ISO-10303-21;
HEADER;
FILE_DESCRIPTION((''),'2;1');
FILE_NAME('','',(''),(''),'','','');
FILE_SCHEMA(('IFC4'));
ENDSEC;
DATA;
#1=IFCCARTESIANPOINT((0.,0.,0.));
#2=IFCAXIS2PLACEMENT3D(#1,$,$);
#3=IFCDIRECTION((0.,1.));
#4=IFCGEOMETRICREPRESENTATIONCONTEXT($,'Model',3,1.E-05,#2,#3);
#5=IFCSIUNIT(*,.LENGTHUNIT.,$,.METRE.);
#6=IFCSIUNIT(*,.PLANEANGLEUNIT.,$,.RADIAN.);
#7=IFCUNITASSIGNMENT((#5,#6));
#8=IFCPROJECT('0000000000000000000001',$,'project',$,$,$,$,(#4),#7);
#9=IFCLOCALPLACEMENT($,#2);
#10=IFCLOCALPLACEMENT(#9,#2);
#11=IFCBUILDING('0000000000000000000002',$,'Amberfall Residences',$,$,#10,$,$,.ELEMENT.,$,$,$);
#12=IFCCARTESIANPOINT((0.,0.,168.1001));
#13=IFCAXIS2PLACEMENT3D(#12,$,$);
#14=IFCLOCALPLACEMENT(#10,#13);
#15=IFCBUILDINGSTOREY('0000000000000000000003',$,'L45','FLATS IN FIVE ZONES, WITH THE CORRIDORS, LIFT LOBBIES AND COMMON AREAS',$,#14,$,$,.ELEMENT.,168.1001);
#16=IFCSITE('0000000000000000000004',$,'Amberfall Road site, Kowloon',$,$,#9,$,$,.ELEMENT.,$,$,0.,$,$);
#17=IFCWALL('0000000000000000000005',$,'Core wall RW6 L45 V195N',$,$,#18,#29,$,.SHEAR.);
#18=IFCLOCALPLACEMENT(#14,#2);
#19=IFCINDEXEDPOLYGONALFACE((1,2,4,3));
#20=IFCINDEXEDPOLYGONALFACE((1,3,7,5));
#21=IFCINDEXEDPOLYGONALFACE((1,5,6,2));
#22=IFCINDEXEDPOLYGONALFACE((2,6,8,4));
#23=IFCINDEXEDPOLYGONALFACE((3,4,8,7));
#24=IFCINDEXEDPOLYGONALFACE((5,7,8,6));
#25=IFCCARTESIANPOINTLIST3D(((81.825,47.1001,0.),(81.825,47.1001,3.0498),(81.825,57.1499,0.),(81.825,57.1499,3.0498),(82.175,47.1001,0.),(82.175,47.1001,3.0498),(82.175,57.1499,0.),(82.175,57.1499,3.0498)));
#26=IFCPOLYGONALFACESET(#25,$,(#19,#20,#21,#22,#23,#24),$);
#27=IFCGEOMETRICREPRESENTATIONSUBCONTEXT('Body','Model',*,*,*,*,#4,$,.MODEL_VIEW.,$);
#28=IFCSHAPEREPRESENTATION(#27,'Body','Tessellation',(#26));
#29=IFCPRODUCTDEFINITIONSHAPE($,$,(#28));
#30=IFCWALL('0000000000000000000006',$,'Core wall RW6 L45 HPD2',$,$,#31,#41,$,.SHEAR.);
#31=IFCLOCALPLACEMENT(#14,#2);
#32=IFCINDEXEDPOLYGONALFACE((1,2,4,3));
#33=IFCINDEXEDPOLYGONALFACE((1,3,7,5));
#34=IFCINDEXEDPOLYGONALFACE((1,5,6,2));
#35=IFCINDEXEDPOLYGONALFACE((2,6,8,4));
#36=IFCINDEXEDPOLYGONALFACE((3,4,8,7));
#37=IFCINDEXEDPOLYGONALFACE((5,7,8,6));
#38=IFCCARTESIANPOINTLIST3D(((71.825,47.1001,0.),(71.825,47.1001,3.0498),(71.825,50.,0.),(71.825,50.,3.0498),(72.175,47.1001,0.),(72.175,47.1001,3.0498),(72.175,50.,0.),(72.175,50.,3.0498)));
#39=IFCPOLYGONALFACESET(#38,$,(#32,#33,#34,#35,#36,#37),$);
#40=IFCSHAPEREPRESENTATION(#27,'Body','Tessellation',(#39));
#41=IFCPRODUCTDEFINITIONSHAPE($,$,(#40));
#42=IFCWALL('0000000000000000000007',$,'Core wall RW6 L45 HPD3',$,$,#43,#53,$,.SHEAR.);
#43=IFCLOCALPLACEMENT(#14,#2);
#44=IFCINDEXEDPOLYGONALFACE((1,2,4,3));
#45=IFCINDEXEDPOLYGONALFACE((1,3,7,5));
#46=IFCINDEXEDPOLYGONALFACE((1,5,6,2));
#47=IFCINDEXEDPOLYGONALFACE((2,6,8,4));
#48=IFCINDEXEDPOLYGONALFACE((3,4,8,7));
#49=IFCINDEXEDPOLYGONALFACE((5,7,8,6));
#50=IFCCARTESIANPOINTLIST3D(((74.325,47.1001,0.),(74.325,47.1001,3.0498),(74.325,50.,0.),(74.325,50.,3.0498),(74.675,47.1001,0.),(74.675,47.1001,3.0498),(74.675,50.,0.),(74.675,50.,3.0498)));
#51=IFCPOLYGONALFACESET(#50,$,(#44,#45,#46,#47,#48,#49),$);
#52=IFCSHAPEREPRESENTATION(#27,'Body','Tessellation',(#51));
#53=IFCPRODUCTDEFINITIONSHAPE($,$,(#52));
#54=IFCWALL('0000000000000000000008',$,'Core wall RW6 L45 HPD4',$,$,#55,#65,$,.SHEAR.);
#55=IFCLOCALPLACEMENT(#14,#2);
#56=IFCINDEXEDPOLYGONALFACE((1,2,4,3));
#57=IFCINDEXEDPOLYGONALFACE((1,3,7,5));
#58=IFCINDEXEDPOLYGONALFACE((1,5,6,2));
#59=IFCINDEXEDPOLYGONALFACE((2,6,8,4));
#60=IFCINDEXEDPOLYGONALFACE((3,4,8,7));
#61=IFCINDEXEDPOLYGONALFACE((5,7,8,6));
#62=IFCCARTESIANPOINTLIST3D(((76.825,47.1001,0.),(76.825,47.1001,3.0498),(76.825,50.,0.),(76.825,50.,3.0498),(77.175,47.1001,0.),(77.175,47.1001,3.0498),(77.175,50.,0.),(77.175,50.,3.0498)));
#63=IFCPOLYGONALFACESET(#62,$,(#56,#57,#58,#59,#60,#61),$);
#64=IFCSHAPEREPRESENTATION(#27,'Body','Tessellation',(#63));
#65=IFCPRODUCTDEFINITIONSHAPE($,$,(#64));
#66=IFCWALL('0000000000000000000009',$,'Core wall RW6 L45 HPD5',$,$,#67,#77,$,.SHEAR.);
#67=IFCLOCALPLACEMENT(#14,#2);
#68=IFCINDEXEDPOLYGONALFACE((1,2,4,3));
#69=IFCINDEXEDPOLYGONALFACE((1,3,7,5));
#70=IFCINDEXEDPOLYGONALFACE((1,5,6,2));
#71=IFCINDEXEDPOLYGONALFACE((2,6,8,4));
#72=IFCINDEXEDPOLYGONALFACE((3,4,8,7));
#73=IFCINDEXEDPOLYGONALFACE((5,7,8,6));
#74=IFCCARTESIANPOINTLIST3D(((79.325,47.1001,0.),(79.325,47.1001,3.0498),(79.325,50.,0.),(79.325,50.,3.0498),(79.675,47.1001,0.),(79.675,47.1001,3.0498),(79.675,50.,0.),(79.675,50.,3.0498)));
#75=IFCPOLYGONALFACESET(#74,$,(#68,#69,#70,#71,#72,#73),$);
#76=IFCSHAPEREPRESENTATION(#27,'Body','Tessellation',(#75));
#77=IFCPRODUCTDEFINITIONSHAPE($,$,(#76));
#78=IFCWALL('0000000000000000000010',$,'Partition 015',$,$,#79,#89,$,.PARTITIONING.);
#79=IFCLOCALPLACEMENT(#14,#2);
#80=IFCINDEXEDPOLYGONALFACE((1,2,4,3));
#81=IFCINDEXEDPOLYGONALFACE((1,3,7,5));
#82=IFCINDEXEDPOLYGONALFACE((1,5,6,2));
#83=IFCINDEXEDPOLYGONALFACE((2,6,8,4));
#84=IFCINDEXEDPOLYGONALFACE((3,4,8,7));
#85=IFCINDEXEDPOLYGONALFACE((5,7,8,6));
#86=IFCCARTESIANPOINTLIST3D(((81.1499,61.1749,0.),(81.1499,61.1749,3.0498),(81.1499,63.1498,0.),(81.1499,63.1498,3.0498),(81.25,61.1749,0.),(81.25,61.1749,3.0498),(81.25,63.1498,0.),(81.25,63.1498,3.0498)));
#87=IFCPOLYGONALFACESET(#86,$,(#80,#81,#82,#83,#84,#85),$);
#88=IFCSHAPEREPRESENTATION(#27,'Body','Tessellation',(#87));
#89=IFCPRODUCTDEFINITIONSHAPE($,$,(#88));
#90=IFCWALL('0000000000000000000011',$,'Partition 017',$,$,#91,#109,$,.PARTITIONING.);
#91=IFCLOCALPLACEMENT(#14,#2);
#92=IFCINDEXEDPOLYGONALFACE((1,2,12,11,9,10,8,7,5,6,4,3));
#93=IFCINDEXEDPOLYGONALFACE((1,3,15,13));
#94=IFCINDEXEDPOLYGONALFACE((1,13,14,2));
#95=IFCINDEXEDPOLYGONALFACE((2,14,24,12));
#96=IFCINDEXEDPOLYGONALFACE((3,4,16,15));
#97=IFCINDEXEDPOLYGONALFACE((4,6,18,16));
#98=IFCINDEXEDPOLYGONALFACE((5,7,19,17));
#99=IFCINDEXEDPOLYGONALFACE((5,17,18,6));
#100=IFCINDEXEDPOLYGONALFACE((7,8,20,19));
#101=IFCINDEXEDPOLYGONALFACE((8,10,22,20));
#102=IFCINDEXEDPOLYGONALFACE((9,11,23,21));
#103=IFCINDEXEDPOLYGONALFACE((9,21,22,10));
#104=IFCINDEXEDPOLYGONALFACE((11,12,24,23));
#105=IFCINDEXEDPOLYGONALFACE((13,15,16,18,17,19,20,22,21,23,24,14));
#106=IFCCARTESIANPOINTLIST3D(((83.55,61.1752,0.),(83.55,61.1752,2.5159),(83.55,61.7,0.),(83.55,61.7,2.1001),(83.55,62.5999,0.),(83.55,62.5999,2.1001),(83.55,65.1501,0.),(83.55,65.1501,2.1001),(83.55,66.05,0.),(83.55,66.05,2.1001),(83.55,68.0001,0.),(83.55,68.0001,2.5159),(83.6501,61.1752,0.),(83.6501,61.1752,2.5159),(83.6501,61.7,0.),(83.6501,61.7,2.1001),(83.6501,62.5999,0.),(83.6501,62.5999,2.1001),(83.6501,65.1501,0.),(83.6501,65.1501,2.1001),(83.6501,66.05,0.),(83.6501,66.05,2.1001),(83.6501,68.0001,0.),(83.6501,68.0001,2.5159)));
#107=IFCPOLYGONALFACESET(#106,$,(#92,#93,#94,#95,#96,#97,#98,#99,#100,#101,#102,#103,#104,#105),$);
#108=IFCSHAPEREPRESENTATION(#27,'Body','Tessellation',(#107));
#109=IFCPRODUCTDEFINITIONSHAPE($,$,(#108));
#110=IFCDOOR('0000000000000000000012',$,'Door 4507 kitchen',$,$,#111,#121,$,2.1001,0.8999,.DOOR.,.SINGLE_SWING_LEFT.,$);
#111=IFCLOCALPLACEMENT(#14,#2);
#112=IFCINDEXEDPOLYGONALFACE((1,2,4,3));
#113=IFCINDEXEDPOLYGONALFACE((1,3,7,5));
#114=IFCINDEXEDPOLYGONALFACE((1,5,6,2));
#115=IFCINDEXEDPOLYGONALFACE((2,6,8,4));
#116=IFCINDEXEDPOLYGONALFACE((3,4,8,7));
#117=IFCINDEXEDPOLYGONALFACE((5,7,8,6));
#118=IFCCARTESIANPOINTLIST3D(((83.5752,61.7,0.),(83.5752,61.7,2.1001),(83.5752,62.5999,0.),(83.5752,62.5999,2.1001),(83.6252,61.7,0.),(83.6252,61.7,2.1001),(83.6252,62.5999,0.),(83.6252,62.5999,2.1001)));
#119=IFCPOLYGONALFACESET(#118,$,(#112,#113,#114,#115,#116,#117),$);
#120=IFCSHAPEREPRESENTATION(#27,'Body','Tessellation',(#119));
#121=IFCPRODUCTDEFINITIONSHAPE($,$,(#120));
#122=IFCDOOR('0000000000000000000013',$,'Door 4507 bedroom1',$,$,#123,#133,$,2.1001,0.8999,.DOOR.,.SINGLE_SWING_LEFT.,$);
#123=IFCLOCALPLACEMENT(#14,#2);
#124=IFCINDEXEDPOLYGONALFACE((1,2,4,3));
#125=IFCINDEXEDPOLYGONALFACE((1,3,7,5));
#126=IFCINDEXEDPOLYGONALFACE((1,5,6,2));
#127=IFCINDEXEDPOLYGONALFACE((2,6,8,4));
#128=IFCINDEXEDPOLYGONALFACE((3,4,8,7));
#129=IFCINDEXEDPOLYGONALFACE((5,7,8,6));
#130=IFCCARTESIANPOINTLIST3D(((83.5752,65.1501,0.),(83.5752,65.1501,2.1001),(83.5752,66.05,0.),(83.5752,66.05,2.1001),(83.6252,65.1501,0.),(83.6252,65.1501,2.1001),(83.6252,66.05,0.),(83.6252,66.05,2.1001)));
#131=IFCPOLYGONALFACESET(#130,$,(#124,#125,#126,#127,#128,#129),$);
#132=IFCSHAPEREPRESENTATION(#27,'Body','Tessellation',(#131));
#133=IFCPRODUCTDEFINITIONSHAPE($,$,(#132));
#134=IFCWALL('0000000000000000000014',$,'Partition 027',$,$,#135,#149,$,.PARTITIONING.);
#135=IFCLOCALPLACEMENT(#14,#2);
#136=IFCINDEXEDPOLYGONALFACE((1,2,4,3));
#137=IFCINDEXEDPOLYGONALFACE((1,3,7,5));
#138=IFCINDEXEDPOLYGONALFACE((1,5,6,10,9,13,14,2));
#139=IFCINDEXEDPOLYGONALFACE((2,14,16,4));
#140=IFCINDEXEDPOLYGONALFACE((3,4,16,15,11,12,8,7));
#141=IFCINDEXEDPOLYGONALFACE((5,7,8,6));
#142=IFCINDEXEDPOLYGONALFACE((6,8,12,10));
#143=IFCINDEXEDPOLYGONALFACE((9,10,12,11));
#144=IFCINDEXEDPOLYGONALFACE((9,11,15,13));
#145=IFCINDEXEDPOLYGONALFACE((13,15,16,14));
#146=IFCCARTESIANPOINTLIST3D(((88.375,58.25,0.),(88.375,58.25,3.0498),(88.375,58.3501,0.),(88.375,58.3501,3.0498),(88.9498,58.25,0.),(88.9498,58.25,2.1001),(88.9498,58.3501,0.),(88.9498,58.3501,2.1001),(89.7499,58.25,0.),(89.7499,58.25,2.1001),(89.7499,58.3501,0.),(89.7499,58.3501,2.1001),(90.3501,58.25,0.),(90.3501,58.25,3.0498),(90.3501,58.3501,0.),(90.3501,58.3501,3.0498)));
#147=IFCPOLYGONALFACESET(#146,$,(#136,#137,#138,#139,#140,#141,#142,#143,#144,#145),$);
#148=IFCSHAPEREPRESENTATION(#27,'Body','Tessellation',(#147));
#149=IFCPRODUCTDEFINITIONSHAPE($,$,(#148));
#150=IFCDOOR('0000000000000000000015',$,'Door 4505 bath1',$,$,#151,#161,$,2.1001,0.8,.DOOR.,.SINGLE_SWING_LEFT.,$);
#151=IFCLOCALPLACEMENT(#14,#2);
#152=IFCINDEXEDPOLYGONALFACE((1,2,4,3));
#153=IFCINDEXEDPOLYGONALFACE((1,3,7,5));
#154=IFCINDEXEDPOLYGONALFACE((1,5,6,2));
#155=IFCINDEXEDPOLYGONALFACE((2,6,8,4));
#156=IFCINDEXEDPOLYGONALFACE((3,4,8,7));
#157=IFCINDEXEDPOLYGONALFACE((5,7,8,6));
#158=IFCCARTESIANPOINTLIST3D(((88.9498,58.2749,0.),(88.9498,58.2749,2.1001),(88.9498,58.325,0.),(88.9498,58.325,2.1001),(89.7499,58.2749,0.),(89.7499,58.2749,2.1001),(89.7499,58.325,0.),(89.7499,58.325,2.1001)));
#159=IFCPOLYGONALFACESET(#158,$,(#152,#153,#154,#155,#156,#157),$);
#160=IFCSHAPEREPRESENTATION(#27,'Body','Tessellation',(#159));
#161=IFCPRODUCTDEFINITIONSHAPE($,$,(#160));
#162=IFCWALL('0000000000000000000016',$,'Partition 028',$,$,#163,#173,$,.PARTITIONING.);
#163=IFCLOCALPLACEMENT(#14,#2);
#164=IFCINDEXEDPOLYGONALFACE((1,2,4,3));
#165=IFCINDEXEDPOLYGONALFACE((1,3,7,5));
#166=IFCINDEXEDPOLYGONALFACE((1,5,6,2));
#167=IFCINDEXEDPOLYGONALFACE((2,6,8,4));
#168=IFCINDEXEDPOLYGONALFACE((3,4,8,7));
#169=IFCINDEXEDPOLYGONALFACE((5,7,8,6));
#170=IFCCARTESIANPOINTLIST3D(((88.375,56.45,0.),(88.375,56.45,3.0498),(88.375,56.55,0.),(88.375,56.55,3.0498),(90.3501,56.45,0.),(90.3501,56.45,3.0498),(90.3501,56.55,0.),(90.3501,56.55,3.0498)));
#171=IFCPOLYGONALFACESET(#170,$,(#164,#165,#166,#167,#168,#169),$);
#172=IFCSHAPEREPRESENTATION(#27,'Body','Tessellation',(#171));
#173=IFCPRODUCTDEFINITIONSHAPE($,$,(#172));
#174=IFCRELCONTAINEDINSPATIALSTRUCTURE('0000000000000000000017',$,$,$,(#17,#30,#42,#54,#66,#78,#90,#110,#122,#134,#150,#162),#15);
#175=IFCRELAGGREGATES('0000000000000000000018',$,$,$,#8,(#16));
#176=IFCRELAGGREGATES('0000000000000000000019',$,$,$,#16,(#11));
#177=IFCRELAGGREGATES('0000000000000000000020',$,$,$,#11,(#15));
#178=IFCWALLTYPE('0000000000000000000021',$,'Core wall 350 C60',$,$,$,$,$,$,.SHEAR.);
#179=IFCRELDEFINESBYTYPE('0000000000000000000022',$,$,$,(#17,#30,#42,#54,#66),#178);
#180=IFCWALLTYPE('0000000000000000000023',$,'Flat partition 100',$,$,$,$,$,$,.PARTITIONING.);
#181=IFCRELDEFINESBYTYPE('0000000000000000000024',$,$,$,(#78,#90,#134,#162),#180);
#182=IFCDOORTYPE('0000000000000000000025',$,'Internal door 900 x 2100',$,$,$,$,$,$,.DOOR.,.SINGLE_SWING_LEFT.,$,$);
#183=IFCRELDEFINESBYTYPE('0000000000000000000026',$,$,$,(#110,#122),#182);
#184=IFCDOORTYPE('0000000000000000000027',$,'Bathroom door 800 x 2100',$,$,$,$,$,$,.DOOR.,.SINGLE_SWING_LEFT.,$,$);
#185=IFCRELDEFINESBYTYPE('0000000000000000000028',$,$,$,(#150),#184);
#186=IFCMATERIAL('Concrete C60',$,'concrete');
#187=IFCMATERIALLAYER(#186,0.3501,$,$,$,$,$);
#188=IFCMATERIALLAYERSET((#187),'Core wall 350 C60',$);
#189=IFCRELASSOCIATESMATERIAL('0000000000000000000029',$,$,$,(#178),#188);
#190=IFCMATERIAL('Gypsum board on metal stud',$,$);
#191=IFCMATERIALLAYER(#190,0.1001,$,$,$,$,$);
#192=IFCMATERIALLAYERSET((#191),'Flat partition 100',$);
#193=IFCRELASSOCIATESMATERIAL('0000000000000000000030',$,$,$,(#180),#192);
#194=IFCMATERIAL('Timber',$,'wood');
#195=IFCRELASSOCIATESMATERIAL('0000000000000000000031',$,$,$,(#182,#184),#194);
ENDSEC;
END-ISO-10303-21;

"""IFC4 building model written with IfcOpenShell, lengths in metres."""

from ifc_helpers import new_model, si_unit, direction, frame, frame_2d, origin, place, context, subcontext, project, spatial, rectangle, extrude, material, layer, layer_set, type_object, element, fill, save


model = new_model("IFC4")

# Units and contexts
model_context = context("Model", 3, precision=1e-05, world=origin(), true_north=direction((0.0, 1.0)))
body_context = subcontext(model_context, "Body", "Model", "MODEL_VIEW")
ifc_project = project(units=[si_unit("LENGTHUNIT", "METRE"), si_unit("PLANEANGLEUNIT", "RADIAN")], contexts=[model_context])

# Site, building, storey
site_placement = place(None, origin())
site = spatial("IfcSite", under=ifc_project, at=site_placement, Name="Amberfall Road site, Kowloon", CompositionType="ELEMENT", RefElevation=0.0)
building_placement = place(site_placement, origin())
building = spatial("IfcBuilding", under=site, at=building_placement, Name="Amberfall Residences", CompositionType="ELEMENT")
storey_placement = place(building_placement, frame((0.0, 0.0, 168.1001)))
storey = spatial("IfcBuildingStorey", under=building, at=storey_placement, Name="L45", Description="FLATS IN FIVE ZONES, WITH THE CORRIDORS, LIFT LOBBIES AND COMMON AREAS", CompositionType="ELEMENT", Elevation=168.1001)

# Walls
ifc_material_1 = material(Name="Concrete C60", Category="concrete")
ifc_layer_1 = layer(ifc_material_1, 0.3501)
ifc_layer_set_1 = layer_set([ifc_layer_1], Name="Core wall 350 C60")
wall_type_1 = type_object("IfcWallType", Name="Core wall 350 C60", PredefinedType="SHEAR", material=ifc_layer_set_1)
wall_1_placement = place(storey_placement, frame((82.0, 47.1001, 0.0), z_axis=(0.0, 0.0, 1.0), x_axis=(0.0, 1.0, 0.0)))
element("IfcWall", 1, at=wall_1_placement, inside=storey, type_object=wall_type_1, Name="Core wall RW6 L45 V195N", PredefinedType="SHEAR", context=body_context, shape_type="SweptSolid", body=[
    extrude(rectangle(XDim=10.0498, YDim=0.3501, at=frame_2d((5.0249, 0.0))), origin(), (0.0, 0.0, 1.0), 3.0498),
])
for number, where, z_axis, x_axis, name in (
    (2, (72.0, 47.1001, 0.0), (0.0, 0.0, 1.0), (0.0, 1.0, 0.0), "Core wall RW6 L45 HPD2"),
    (3, (74.5, 47.1001, 0.0), (0.0, 0.0, 1.0), (0.0, 1.0, 0.0), "Core wall RW6 L45 HPD3"),
    (4, (77.0, 47.1001, 0.0), (0.0, 0.0, 1.0), (0.0, 1.0, 0.0), "Core wall RW6 L45 HPD4"),
    (5, (79.5, 47.1001, 0.0), (0.0, 0.0, 1.0), (0.0, 1.0, 0.0), "Core wall RW6 L45 HPD5"),
):
    element("IfcWall", number, at=place(storey_placement, frame(where, z_axis=z_axis, x_axis=x_axis)), inside=storey, type_object=wall_type_1, Name=name, PredefinedType="SHEAR", context=body_context, shape_type="SweptSolid", body=[
        extrude(rectangle(XDim=2.8999, YDim=0.3501, at=frame_2d((1.45, 0.0))), origin(), (0.0, 0.0, 1.0), 3.0498),
    ])
ifc_material_2 = material(Name="Gypsum board on metal stud")
ifc_layer_2 = layer(ifc_material_2, 0.1001)
ifc_layer_set_2 = layer_set([ifc_layer_2], Name="Flat partition 100")
wall_type_2 = type_object("IfcWallType", Name="Flat partition 100", PredefinedType="PARTITIONING", material=ifc_layer_set_2)
wall_2_placement = place(storey_placement, frame((81.2, 61.175, 0.0), z_axis=(0.0, 0.0, 1.0), x_axis=(0.0, 1.0, 0.0)))
element("IfcWall", 6, at=wall_2_placement, inside=storey, type_object=wall_type_2, Name="Partition 015", PredefinedType="PARTITIONING", context=body_context, shape_type="SweptSolid", body=[
    extrude(rectangle(XDim=1.9749, YDim=0.1001, at=frame_2d((0.9873, 0.0))), origin(), (0.0, 0.0, 1.0), 3.0498),
])

# Wall, openings, doors
wall_3_placement = place(storey_placement, frame((83.6001, 61.175, 0.0), z_axis=(0.0, 0.0, 1.0), x_axis=(0.0, 1.0, 0.0)))
wall_3 = element("IfcWall", 7, at=wall_3_placement, inside=storey, type_object=wall_type_2, Name="Partition 017", PredefinedType="PARTITIONING", context=body_context, shape_type="SweptSolid", body=[
    extrude(rectangle(XDim=6.825, YDim=0.1001, at=frame_2d((3.4126, 0.0))), origin(), (0.0, 0.0, 1.0), 2.5159),
])
opening_1_placement = place(wall_3_placement, frame((0.5249, 0.0, 0.0)))
opening_1 = element("IfcOpeningElement", 8, at=opening_1_placement, cuts=wall_3, PredefinedType="OPENING", context=body_context, shape_type="SweptSolid", body=[
    extrude(rectangle(XDim=0.8999, YDim=2.1001, at=frame_2d((0.45, 1.05))), frame((0.0, 0.0601, 0.0), z_axis=(0.0, -1.0, 0.0), x_axis=(1.0, 0.0, 0.0)), (0.0, 0.0, 1.0), 0.1201),
])
opening_2_placement = place(wall_3_placement, frame((3.9751, 0.0, 0.0)))
opening_2 = element("IfcOpeningElement", 9, at=opening_2_placement, cuts=wall_3, PredefinedType="OPENING", context=body_context, shape_type="SweptSolid", body=[
    extrude(rectangle(XDim=0.8999, YDim=2.1001, at=frame_2d((0.45, 1.05))), frame((0.0, 0.0601, 0.0), z_axis=(0.0, -1.0, 0.0), x_axis=(1.0, 0.0, 0.0)), (0.0, 0.0, 1.0), 0.1201),
])
ifc_material_3 = material(Name="Timber", Category="wood")
door_type_1 = type_object("IfcDoorType", Name="Internal door 900 x 2100", OperationType="SINGLE_SWING_LEFT", PredefinedType="DOOR", material=ifc_material_3)
door_1_placement = place(opening_1_placement, origin())
door_1 = element("IfcDoor", 10, at=door_1_placement, inside=storey, type_object=door_type_1, Name="Door 4507 kitchen", OperationType="SINGLE_SWING_LEFT", OverallHeight=2.1001, OverallWidth=0.8999, PredefinedType="DOOR", context=body_context, shape_type="SweptSolid", body=[
    extrude(rectangle(XDim=0.8999, YDim=2.1001, at=frame_2d((0.45, 1.05))), frame((0.0, 0.0249, 0.0), z_axis=(0.0, -1.0, 0.0), x_axis=(1.0, 0.0, 0.0)), (0.0, 0.0, 1.0), 0.05),
])
fill(opening_1, door_1)
door_2_placement = place(opening_2_placement, origin())
door_2 = element("IfcDoor", 11, at=door_2_placement, inside=storey, type_object=door_type_1, Name="Door 4507 bedroom1", OperationType="SINGLE_SWING_LEFT", OverallHeight=2.1001, OverallWidth=0.8999, PredefinedType="DOOR", context=body_context, shape_type="SweptSolid", body=[
    extrude(rectangle(XDim=0.8999, YDim=2.1001, at=frame_2d((0.45, 1.05))), frame((0.0, 0.0249, 0.0), z_axis=(0.0, -1.0, 0.0), x_axis=(1.0, 0.0, 0.0)), (0.0, 0.0, 1.0), 0.05),
])
fill(opening_2, door_2)

# Wall, opening, door
wall_4_placement = place(storey_placement, frame((88.375, 58.3, 0.0), z_axis=(0.0, 0.0, 1.0), x_axis=(1.0, 0.0, 0.0)))
wall_4 = element("IfcWall", 12, at=wall_4_placement, inside=storey, type_object=wall_type_2, Name="Partition 027", PredefinedType="PARTITIONING", context=body_context, shape_type="SweptSolid", body=[
    extrude(rectangle(XDim=1.9751, YDim=0.1001, at=frame_2d((0.9875, 0.0))), origin(), (0.0, 0.0, 1.0), 3.0498),
])
opening_3_placement = place(wall_4_placement, frame((0.575, 0.0, 0.0)))
opening_3 = element("IfcOpeningElement", 13, at=opening_3_placement, cuts=wall_4, PredefinedType="OPENING", context=body_context, shape_type="SweptSolid", body=[
    extrude(rectangle(XDim=0.8, YDim=2.1001, at=frame_2d((0.3999, 1.05))), frame((0.0, 0.0601, 0.0), z_axis=(0.0, -1.0, 0.0), x_axis=(1.0, 0.0, 0.0)), (0.0, 0.0, 1.0), 0.1201),
])
door_type_2 = type_object("IfcDoorType", Name="Bathroom door 800 x 2100", OperationType="SINGLE_SWING_LEFT", PredefinedType="DOOR", material=ifc_material_3)
door_3_placement = place(opening_3_placement, origin())
door_3 = element("IfcDoor", 14, at=door_3_placement, inside=storey, type_object=door_type_2, Name="Door 4505 bath1", OperationType="SINGLE_SWING_LEFT", OverallHeight=2.1001, OverallWidth=0.8, PredefinedType="DOOR", context=body_context, shape_type="SweptSolid", body=[
    extrude(rectangle(XDim=0.8, YDim=2.1001, at=frame_2d((0.3999, 1.05))), frame((0.0, 0.0249, 0.0), z_axis=(0.0, -1.0, 0.0), x_axis=(1.0, 0.0, 0.0)), (0.0, 0.0, 1.0), 0.05),
])
fill(opening_3, door_3)

# Wall
wall_5_placement = place(storey_placement, frame((88.375, 56.5, 0.0), z_axis=(0.0, 0.0, 1.0), x_axis=(1.0, 0.0, 0.0)))
element("IfcWall", 15, at=wall_5_placement, inside=storey, type_object=wall_type_2, Name="Partition 028", PredefinedType="PARTITIONING", context=body_context, shape_type="SweptSolid", body=[
    extrude(rectangle(XDim=1.9751, YDim=0.1001, at=frame_2d((0.9875, 0.0))), origin(), (0.0, 0.0, 1.0), 3.0498),
])

save(model, "model.ifc")
